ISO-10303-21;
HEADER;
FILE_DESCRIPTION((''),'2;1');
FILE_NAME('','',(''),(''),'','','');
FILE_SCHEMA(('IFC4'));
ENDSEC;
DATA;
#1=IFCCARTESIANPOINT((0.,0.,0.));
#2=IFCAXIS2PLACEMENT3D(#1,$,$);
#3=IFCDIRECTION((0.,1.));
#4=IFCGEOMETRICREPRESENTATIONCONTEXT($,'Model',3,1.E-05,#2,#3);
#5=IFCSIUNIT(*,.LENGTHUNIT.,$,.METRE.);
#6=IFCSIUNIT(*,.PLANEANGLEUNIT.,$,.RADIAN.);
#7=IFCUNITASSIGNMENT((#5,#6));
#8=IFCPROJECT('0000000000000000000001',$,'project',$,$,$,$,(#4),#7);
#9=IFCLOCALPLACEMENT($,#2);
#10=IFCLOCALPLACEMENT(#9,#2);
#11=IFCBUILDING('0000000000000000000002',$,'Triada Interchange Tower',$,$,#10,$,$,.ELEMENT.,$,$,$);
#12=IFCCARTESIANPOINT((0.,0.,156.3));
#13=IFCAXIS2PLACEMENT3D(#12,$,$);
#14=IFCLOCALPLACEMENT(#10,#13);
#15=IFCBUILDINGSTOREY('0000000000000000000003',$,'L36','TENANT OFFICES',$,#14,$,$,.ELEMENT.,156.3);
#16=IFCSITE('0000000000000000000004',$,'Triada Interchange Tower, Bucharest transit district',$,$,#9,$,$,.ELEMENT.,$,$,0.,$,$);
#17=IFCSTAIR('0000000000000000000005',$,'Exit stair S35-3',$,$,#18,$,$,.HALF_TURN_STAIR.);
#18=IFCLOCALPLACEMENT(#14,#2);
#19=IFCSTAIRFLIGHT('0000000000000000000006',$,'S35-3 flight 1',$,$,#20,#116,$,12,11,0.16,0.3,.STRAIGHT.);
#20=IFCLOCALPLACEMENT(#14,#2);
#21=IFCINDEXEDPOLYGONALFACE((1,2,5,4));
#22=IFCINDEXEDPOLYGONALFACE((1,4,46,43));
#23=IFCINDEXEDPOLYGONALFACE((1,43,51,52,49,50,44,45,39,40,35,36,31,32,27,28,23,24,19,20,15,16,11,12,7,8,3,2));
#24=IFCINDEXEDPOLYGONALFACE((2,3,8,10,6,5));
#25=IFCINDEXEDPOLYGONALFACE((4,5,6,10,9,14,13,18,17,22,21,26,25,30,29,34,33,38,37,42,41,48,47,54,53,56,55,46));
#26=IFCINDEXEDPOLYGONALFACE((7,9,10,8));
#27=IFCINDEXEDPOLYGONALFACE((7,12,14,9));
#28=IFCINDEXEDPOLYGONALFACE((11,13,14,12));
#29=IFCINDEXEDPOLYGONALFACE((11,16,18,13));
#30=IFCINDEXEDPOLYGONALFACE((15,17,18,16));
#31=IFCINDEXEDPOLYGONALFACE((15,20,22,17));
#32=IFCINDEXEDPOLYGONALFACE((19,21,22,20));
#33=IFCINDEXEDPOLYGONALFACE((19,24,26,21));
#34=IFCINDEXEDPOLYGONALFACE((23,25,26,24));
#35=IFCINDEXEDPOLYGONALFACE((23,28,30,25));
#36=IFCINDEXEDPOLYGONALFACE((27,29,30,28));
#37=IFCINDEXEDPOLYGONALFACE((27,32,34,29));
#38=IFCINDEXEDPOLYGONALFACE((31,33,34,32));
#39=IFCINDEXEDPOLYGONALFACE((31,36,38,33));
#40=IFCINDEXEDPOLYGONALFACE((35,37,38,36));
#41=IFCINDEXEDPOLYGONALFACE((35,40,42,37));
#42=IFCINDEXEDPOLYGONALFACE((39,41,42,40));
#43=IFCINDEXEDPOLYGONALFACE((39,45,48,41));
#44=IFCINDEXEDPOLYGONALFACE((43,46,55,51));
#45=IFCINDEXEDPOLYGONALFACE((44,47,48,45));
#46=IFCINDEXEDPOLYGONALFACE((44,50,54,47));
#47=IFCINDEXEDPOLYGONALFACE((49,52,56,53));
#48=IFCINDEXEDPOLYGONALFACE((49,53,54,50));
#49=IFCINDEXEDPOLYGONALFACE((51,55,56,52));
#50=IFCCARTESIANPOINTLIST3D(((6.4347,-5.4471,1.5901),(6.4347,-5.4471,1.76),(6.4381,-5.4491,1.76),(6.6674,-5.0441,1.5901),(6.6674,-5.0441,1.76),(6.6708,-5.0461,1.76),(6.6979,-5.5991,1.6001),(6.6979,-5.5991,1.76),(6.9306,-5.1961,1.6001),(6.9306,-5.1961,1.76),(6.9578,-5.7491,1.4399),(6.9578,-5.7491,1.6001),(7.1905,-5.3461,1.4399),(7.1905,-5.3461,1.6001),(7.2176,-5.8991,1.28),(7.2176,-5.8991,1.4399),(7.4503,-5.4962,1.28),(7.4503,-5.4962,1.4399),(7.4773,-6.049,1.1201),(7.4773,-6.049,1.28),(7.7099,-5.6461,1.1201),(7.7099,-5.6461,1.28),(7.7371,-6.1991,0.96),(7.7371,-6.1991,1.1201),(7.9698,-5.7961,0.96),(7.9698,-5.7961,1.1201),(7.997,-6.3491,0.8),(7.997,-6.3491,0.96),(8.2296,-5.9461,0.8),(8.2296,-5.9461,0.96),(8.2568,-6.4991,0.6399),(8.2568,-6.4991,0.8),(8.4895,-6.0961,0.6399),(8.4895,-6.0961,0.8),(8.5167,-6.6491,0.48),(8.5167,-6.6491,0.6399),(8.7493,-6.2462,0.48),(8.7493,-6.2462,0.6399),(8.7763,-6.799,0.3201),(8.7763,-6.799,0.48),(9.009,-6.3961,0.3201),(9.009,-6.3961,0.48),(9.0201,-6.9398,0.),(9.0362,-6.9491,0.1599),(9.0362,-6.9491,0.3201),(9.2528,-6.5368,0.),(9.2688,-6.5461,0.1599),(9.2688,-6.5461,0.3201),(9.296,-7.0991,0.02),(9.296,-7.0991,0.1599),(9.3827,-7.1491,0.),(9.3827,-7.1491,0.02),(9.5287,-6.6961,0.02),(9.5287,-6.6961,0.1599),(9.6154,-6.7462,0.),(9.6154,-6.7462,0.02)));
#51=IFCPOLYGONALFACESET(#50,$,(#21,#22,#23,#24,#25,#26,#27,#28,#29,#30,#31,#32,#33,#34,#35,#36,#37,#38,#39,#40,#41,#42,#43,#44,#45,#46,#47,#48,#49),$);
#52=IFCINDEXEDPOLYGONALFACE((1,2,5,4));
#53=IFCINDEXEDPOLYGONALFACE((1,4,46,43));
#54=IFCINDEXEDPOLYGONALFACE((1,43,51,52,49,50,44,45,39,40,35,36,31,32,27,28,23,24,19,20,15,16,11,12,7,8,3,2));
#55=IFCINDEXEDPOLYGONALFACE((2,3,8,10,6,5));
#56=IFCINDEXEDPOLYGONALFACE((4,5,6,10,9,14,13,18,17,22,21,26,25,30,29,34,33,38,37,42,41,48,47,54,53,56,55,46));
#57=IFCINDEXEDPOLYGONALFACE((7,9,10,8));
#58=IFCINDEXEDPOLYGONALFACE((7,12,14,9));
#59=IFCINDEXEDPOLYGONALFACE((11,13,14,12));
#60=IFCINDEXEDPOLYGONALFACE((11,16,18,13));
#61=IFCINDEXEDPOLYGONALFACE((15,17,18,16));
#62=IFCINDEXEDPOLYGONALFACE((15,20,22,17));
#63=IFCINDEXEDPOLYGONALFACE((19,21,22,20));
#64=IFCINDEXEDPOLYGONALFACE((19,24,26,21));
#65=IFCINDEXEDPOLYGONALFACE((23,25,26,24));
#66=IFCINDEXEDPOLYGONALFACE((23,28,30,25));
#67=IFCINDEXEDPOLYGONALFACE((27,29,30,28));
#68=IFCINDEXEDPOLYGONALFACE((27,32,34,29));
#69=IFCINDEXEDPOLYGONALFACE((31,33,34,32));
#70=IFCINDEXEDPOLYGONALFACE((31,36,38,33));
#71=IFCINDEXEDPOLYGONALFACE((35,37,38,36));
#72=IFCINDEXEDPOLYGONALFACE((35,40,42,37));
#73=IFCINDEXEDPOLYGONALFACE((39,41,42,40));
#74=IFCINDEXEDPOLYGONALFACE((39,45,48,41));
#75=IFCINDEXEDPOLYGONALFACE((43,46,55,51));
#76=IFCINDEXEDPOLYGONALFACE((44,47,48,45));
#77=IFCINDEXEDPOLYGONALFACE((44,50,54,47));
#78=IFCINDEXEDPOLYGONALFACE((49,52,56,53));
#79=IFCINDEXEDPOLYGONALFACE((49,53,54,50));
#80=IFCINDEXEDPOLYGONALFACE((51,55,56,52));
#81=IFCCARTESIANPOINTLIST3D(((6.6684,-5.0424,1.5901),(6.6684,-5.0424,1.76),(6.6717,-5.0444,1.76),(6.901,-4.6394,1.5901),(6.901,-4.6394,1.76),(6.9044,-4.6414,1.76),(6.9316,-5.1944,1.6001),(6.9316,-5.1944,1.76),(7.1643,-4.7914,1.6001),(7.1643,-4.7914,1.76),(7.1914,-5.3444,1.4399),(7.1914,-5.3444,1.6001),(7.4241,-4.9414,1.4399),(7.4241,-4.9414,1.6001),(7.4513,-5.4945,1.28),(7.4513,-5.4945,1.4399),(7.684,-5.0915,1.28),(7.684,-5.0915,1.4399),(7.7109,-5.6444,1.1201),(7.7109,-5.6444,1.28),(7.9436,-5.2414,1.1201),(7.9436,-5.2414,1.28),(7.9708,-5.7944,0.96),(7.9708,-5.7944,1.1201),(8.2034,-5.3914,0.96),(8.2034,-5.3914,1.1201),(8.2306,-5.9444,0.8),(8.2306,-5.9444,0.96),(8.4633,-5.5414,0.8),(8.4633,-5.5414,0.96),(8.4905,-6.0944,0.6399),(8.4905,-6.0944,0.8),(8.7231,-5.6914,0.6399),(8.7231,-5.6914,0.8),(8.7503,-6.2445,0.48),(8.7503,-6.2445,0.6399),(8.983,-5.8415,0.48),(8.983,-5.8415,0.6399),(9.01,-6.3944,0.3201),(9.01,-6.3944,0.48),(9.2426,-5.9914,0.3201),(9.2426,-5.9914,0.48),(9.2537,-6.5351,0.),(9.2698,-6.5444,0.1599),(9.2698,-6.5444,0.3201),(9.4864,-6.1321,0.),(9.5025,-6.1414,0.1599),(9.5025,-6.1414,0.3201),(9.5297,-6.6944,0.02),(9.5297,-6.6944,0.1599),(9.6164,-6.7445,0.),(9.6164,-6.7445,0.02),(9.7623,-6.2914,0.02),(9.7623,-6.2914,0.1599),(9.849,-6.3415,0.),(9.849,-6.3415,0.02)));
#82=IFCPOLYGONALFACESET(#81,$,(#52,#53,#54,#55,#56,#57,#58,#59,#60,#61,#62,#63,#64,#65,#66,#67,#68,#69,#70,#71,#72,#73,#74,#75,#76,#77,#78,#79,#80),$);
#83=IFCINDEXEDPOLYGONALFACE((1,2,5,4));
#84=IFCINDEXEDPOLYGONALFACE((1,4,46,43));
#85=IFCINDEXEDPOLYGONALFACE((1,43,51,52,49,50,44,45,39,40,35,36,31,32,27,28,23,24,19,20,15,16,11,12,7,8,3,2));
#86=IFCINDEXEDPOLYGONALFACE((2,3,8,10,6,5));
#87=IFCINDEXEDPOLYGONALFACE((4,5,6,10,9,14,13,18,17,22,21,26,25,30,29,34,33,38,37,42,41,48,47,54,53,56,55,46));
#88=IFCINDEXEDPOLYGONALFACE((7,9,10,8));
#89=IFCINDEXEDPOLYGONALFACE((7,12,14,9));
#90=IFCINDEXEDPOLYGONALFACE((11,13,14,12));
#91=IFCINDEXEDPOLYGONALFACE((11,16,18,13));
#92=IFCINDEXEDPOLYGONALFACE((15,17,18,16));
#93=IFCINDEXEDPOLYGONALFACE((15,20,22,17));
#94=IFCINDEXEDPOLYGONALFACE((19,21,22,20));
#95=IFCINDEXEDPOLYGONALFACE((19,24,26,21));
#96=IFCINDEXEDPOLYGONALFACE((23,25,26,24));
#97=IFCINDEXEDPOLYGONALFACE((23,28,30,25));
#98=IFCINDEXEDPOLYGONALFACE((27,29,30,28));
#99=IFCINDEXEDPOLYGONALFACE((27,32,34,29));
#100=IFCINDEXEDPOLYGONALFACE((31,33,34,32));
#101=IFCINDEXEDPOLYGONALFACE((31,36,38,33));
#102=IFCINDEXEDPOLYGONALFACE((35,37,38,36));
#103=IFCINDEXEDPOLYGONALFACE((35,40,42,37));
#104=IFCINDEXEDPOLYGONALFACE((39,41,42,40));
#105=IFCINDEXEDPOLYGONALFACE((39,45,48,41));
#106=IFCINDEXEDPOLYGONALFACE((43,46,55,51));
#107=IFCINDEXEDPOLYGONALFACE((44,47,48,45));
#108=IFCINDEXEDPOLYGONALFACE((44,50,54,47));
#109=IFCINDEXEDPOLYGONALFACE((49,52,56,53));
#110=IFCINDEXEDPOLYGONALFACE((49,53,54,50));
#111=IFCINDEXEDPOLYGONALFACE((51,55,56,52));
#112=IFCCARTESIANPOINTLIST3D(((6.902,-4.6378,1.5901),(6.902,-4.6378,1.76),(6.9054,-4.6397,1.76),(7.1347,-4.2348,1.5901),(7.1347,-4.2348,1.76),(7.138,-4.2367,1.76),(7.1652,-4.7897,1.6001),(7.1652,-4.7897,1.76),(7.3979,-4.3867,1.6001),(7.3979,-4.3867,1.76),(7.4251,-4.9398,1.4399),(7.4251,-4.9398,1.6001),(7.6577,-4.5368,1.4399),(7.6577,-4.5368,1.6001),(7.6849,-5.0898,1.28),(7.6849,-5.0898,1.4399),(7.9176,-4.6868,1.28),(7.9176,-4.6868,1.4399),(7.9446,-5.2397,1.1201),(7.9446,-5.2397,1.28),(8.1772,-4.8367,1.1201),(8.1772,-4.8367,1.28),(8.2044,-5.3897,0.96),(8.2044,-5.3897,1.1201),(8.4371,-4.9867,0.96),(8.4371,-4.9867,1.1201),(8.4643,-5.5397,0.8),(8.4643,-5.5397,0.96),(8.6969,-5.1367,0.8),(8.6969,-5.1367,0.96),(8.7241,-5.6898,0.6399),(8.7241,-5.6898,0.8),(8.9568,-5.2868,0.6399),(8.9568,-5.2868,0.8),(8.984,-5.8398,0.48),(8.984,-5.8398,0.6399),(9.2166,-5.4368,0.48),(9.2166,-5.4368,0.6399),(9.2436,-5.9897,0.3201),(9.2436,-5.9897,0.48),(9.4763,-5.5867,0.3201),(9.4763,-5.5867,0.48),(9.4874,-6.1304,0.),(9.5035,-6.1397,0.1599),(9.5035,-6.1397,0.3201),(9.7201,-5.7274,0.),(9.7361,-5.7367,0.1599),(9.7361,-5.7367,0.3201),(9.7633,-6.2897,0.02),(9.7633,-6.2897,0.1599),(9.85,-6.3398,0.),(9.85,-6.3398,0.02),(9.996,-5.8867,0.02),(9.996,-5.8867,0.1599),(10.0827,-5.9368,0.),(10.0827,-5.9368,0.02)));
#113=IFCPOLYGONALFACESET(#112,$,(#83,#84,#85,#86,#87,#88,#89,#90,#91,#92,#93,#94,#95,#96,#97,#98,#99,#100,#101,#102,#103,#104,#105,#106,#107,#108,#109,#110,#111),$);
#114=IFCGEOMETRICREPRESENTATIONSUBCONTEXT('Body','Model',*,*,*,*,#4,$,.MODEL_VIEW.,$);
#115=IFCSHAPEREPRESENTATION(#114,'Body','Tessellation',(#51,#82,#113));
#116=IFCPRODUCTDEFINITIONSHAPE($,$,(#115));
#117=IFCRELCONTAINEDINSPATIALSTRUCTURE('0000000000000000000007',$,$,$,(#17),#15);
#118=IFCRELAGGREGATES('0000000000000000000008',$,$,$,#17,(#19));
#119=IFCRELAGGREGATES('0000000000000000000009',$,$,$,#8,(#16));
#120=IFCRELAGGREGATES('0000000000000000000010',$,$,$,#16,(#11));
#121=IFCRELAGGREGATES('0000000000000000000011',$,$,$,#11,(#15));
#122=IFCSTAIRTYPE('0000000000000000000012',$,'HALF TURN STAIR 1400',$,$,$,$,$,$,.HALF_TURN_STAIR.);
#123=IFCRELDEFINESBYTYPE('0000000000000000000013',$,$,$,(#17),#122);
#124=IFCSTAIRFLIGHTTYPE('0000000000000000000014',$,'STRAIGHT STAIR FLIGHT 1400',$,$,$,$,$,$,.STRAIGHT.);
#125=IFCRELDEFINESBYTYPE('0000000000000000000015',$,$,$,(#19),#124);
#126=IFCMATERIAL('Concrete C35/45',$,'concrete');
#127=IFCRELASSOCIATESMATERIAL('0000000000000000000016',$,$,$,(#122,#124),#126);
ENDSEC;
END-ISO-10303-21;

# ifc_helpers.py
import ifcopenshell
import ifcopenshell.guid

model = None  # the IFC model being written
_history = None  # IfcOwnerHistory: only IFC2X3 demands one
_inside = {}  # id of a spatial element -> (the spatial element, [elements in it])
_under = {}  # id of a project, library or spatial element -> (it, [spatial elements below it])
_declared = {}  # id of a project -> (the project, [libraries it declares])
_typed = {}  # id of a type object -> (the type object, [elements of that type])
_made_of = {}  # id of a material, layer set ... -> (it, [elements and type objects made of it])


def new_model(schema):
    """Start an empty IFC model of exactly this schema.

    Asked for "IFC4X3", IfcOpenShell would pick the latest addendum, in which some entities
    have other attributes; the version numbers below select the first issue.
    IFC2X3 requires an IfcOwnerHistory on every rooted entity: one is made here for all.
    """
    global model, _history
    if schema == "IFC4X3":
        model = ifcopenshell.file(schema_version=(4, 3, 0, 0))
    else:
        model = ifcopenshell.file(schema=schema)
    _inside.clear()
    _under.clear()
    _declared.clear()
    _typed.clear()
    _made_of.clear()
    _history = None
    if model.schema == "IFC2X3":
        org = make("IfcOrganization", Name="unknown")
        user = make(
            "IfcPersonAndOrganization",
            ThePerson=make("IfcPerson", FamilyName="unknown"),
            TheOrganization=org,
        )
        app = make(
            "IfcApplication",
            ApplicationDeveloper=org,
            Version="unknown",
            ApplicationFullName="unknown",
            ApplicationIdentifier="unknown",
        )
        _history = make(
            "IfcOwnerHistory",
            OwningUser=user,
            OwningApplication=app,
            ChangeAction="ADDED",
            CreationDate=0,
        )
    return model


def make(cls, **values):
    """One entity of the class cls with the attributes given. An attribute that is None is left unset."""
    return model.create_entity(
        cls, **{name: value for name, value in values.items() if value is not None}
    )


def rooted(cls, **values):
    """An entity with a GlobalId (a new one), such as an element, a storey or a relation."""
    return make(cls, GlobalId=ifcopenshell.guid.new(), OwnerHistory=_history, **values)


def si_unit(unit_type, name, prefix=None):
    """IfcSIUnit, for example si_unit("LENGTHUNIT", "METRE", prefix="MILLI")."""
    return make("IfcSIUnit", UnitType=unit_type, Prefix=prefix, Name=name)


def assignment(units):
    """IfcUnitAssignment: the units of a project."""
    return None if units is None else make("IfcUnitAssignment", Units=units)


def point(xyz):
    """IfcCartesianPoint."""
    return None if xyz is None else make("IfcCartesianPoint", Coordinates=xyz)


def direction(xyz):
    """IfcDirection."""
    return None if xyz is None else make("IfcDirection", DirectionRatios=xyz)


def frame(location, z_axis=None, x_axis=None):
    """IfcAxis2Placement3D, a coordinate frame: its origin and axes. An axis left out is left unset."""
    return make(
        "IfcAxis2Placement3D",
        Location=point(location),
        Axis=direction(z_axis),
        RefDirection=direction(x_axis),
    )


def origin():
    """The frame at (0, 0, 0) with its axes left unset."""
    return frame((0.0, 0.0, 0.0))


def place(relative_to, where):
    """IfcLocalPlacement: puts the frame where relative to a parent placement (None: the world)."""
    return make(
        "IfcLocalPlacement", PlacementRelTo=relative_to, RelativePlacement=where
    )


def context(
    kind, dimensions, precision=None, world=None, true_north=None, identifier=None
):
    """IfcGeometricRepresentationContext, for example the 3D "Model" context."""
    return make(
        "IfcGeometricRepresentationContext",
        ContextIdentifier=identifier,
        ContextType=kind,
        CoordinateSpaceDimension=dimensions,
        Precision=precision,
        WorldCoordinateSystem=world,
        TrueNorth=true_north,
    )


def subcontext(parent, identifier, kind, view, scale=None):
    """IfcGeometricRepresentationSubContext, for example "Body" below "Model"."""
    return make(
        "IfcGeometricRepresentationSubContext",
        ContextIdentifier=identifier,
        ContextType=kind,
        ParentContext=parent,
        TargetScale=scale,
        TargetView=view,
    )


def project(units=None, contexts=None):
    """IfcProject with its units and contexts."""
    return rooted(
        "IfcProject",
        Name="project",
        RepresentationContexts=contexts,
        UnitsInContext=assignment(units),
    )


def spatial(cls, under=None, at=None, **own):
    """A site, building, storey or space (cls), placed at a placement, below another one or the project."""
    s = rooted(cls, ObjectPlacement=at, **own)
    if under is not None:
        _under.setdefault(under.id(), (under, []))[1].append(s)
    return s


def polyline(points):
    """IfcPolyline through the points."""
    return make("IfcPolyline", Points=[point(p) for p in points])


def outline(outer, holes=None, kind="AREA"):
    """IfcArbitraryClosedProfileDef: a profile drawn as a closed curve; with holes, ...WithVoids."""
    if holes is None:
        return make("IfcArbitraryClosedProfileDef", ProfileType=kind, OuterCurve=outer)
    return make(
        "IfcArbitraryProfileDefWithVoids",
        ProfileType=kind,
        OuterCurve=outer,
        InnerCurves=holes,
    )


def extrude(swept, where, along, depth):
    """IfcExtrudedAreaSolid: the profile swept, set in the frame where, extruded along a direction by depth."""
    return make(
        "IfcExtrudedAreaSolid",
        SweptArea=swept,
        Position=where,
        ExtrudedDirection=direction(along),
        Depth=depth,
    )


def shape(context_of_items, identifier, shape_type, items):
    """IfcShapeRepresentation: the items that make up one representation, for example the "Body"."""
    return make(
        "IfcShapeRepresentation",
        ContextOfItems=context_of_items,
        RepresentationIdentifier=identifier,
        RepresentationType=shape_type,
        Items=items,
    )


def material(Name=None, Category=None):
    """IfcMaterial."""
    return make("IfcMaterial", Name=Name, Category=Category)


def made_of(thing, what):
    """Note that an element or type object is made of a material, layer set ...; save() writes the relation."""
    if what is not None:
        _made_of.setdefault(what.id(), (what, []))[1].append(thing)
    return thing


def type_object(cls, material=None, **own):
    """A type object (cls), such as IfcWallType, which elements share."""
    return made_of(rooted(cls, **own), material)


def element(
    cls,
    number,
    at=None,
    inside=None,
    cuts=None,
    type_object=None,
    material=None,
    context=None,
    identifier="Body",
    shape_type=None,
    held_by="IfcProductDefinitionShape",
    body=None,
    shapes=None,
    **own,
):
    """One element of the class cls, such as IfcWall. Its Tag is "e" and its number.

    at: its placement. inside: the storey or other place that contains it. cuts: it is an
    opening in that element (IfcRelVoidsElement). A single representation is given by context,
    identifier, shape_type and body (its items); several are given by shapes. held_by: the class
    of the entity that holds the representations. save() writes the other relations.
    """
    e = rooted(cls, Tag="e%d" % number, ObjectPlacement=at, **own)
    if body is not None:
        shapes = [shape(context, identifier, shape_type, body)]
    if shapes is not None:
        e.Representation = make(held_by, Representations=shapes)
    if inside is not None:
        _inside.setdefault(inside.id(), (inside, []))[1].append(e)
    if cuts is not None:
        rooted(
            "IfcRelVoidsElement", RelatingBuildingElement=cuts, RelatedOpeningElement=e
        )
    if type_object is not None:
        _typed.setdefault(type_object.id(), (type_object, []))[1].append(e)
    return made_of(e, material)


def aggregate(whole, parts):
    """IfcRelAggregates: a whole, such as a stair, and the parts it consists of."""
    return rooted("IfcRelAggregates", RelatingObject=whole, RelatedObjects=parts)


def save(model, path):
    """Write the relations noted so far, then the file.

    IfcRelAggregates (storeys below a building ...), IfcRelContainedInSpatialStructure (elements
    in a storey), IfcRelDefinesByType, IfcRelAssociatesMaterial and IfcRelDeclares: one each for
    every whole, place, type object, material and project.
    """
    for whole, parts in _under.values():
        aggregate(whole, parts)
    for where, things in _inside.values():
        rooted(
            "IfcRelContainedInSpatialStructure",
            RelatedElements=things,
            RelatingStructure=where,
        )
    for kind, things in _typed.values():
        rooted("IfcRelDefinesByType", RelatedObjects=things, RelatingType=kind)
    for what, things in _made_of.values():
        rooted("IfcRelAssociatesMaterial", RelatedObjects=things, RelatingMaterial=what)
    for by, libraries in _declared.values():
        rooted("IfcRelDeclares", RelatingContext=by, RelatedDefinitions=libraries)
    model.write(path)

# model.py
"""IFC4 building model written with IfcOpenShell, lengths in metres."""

from ifc_helpers import new_model, si_unit, direction, frame, origin, place, context, subcontext, project, spatial, polyline, outline, extrude, material, type_object, element, aggregate, save


model = new_model("IFC4")

# Units and contexts
model_context = context("Model", 3, precision=1e-05, world=origin(), true_north=direction((0.0, 1.0)))
body_context = subcontext(model_context, "Body", "Model", "MODEL_VIEW")
ifc_project = project(units=[si_unit("LENGTHUNIT", "METRE"), si_unit("PLANEANGLEUNIT", "RADIAN")], contexts=[model_context])

# Site, building, storey
site_placement = place(None, origin())
site = spatial("IfcSite", under=ifc_project, at=site_placement, Name="Triada Interchange Tower, Bucharest transit district", CompositionType="ELEMENT", RefElevation=0.0)
building_placement = place(site_placement, origin())
building = spatial("IfcBuilding", under=site, at=building_placement, Name="Triada Interchange Tower", CompositionType="ELEMENT")
storey_placement = place(building_placement, frame((0.0, 0.0, 156.3)))
storey = spatial("IfcBuildingStorey", under=building, at=storey_placement, Name="L36", Description="TENANT OFFICES", CompositionType="ELEMENT", Elevation=156.3)

# Stair, stair flight
ifc_material_1 = material(Name="Concrete C35/45", Category="concrete")
stair_type = type_object("IfcStairType", Name="HALF TURN STAIR 1400", PredefinedType="HALF_TURN_STAIR", material=ifc_material_1)
stair_placement = place(storey_placement, origin())
stair = element("IfcStair", 1, at=stair_placement, inside=storey, type_object=stair_type, Name="Exit stair S35-3", PredefinedType="HALF_TURN_STAIR")
stair_flight_type = type_object("IfcStairFlightType", Name="STRAIGHT STAIR FLIGHT 1400", PredefinedType="STRAIGHT", material=ifc_material_1)
stair_flight_1_placement = place(storey_placement, frame((9.646, -6.4929, 0.0), z_axis=(0.0, 0.0, 1.0), x_axis=(-0.866025, 0.5, 0.0)))
stair_flight_1 = element("IfcStairFlight", 2, at=stair_flight_1_placement, type_object=stair_flight_type, Name="S35-3 flight 1", NumberOfRisers=12, NumberOfTreads=11, PredefinedType="STRAIGHT", RiserHeight=0.16, TreadLength=0.3, context=body_context, shape_type="SweptSolid", body=[
    extrude(outline(polyline([(-0.1001, 0.0), (-0.1001, 0.02), (0.0, 0.02), (0.0, 0.1599), (0.3, 0.1599), (0.3, 0.3201), (0.6001, 0.3201), (0.6001, 0.48), (0.8999, 0.48), (0.8999, 0.6399), (1.2, 0.6399), (1.2, 0.8), (1.5, 0.8), (1.5, 0.96), (1.8, 0.96), (1.8, 1.1201), (2.1001, 1.1201), (2.1001, 1.28), (2.3999, 1.28), (2.3999, 1.4399), (2.7, 1.4399), (2.7, 1.6001), (3.0, 1.6001), (3.0, 1.76), (3.3, 1.76), (3.304, 1.76), (3.304, 1.9199), (3.304, 1.5901), (0.3186, 0.0), (-0.1001, 0.0)])), frame((0.0, 0.7, 0.0), z_axis=(0.0, -1.0, 0.0), x_axis=(1.0, 0.0, 0.0)), (0.0, 0.0, 1.0), 0.4653),
    extrude(outline(polyline([(-0.1001, 0.0), (-0.1001, 0.02), (0.0, 0.02), (0.0, 0.1599), (0.3, 0.1599), (0.3, 0.3201), (0.6001, 0.3201), (0.6001, 0.48), (0.8999, 0.48), (0.8999, 0.6399), (1.2, 0.6399), (1.2, 0.8), (1.5, 0.8), (1.5, 0.96), (1.8, 0.96), (1.8, 1.1201), (2.1001, 1.1201), (2.1001, 1.28), (2.3999, 1.28), (2.3999, 1.4399), (2.7, 1.4399), (2.7, 1.6001), (3.0, 1.6001), (3.0, 1.76), (3.3, 1.76), (3.304, 1.76), (3.304, 1.9199), (3.304, 1.5901), (0.3186, 0.0), (-0.1001, 0.0)])), frame((0.0, 0.2327, 0.0), z_axis=(0.0, -1.0, 0.0), x_axis=(1.0, 0.0, 0.0)), (0.0, 0.0, 1.0), 0.4653),
    extrude(outline(polyline([(-0.1001, 0.0), (-0.1001, 0.02), (0.0, 0.02), (0.0, 0.1599), (0.3, 0.1599), (0.3, 0.3201), (0.6001, 0.3201), (0.6001, 0.48), (0.8999, 0.48), (0.8999, 0.6399), (1.2, 0.6399), (1.2, 0.8), (1.5, 0.8), (1.5, 0.96), (1.8, 0.96), (1.8, 1.1201), (2.1001, 1.1201), (2.1001, 1.28), (2.3999, 1.28), (2.3999, 1.4399), (2.7, 1.4399), (2.7, 1.6001), (3.0, 1.6001), (3.0, 1.76), (3.3, 1.76), (3.304, 1.76), (3.304, 1.9199), (3.304, 1.5901), (0.3186, 0.0), (-0.1001, 0.0)])), frame((0.0, -0.2346, 0.0), z_axis=(0.0, -1.0, 0.0), x_axis=(1.0, 0.0, 0.0)), (0.0, 0.0, 1.0), 0.4653),
])
aggregate(stair, [stair_flight_1])

save(model, "model.ifc")
